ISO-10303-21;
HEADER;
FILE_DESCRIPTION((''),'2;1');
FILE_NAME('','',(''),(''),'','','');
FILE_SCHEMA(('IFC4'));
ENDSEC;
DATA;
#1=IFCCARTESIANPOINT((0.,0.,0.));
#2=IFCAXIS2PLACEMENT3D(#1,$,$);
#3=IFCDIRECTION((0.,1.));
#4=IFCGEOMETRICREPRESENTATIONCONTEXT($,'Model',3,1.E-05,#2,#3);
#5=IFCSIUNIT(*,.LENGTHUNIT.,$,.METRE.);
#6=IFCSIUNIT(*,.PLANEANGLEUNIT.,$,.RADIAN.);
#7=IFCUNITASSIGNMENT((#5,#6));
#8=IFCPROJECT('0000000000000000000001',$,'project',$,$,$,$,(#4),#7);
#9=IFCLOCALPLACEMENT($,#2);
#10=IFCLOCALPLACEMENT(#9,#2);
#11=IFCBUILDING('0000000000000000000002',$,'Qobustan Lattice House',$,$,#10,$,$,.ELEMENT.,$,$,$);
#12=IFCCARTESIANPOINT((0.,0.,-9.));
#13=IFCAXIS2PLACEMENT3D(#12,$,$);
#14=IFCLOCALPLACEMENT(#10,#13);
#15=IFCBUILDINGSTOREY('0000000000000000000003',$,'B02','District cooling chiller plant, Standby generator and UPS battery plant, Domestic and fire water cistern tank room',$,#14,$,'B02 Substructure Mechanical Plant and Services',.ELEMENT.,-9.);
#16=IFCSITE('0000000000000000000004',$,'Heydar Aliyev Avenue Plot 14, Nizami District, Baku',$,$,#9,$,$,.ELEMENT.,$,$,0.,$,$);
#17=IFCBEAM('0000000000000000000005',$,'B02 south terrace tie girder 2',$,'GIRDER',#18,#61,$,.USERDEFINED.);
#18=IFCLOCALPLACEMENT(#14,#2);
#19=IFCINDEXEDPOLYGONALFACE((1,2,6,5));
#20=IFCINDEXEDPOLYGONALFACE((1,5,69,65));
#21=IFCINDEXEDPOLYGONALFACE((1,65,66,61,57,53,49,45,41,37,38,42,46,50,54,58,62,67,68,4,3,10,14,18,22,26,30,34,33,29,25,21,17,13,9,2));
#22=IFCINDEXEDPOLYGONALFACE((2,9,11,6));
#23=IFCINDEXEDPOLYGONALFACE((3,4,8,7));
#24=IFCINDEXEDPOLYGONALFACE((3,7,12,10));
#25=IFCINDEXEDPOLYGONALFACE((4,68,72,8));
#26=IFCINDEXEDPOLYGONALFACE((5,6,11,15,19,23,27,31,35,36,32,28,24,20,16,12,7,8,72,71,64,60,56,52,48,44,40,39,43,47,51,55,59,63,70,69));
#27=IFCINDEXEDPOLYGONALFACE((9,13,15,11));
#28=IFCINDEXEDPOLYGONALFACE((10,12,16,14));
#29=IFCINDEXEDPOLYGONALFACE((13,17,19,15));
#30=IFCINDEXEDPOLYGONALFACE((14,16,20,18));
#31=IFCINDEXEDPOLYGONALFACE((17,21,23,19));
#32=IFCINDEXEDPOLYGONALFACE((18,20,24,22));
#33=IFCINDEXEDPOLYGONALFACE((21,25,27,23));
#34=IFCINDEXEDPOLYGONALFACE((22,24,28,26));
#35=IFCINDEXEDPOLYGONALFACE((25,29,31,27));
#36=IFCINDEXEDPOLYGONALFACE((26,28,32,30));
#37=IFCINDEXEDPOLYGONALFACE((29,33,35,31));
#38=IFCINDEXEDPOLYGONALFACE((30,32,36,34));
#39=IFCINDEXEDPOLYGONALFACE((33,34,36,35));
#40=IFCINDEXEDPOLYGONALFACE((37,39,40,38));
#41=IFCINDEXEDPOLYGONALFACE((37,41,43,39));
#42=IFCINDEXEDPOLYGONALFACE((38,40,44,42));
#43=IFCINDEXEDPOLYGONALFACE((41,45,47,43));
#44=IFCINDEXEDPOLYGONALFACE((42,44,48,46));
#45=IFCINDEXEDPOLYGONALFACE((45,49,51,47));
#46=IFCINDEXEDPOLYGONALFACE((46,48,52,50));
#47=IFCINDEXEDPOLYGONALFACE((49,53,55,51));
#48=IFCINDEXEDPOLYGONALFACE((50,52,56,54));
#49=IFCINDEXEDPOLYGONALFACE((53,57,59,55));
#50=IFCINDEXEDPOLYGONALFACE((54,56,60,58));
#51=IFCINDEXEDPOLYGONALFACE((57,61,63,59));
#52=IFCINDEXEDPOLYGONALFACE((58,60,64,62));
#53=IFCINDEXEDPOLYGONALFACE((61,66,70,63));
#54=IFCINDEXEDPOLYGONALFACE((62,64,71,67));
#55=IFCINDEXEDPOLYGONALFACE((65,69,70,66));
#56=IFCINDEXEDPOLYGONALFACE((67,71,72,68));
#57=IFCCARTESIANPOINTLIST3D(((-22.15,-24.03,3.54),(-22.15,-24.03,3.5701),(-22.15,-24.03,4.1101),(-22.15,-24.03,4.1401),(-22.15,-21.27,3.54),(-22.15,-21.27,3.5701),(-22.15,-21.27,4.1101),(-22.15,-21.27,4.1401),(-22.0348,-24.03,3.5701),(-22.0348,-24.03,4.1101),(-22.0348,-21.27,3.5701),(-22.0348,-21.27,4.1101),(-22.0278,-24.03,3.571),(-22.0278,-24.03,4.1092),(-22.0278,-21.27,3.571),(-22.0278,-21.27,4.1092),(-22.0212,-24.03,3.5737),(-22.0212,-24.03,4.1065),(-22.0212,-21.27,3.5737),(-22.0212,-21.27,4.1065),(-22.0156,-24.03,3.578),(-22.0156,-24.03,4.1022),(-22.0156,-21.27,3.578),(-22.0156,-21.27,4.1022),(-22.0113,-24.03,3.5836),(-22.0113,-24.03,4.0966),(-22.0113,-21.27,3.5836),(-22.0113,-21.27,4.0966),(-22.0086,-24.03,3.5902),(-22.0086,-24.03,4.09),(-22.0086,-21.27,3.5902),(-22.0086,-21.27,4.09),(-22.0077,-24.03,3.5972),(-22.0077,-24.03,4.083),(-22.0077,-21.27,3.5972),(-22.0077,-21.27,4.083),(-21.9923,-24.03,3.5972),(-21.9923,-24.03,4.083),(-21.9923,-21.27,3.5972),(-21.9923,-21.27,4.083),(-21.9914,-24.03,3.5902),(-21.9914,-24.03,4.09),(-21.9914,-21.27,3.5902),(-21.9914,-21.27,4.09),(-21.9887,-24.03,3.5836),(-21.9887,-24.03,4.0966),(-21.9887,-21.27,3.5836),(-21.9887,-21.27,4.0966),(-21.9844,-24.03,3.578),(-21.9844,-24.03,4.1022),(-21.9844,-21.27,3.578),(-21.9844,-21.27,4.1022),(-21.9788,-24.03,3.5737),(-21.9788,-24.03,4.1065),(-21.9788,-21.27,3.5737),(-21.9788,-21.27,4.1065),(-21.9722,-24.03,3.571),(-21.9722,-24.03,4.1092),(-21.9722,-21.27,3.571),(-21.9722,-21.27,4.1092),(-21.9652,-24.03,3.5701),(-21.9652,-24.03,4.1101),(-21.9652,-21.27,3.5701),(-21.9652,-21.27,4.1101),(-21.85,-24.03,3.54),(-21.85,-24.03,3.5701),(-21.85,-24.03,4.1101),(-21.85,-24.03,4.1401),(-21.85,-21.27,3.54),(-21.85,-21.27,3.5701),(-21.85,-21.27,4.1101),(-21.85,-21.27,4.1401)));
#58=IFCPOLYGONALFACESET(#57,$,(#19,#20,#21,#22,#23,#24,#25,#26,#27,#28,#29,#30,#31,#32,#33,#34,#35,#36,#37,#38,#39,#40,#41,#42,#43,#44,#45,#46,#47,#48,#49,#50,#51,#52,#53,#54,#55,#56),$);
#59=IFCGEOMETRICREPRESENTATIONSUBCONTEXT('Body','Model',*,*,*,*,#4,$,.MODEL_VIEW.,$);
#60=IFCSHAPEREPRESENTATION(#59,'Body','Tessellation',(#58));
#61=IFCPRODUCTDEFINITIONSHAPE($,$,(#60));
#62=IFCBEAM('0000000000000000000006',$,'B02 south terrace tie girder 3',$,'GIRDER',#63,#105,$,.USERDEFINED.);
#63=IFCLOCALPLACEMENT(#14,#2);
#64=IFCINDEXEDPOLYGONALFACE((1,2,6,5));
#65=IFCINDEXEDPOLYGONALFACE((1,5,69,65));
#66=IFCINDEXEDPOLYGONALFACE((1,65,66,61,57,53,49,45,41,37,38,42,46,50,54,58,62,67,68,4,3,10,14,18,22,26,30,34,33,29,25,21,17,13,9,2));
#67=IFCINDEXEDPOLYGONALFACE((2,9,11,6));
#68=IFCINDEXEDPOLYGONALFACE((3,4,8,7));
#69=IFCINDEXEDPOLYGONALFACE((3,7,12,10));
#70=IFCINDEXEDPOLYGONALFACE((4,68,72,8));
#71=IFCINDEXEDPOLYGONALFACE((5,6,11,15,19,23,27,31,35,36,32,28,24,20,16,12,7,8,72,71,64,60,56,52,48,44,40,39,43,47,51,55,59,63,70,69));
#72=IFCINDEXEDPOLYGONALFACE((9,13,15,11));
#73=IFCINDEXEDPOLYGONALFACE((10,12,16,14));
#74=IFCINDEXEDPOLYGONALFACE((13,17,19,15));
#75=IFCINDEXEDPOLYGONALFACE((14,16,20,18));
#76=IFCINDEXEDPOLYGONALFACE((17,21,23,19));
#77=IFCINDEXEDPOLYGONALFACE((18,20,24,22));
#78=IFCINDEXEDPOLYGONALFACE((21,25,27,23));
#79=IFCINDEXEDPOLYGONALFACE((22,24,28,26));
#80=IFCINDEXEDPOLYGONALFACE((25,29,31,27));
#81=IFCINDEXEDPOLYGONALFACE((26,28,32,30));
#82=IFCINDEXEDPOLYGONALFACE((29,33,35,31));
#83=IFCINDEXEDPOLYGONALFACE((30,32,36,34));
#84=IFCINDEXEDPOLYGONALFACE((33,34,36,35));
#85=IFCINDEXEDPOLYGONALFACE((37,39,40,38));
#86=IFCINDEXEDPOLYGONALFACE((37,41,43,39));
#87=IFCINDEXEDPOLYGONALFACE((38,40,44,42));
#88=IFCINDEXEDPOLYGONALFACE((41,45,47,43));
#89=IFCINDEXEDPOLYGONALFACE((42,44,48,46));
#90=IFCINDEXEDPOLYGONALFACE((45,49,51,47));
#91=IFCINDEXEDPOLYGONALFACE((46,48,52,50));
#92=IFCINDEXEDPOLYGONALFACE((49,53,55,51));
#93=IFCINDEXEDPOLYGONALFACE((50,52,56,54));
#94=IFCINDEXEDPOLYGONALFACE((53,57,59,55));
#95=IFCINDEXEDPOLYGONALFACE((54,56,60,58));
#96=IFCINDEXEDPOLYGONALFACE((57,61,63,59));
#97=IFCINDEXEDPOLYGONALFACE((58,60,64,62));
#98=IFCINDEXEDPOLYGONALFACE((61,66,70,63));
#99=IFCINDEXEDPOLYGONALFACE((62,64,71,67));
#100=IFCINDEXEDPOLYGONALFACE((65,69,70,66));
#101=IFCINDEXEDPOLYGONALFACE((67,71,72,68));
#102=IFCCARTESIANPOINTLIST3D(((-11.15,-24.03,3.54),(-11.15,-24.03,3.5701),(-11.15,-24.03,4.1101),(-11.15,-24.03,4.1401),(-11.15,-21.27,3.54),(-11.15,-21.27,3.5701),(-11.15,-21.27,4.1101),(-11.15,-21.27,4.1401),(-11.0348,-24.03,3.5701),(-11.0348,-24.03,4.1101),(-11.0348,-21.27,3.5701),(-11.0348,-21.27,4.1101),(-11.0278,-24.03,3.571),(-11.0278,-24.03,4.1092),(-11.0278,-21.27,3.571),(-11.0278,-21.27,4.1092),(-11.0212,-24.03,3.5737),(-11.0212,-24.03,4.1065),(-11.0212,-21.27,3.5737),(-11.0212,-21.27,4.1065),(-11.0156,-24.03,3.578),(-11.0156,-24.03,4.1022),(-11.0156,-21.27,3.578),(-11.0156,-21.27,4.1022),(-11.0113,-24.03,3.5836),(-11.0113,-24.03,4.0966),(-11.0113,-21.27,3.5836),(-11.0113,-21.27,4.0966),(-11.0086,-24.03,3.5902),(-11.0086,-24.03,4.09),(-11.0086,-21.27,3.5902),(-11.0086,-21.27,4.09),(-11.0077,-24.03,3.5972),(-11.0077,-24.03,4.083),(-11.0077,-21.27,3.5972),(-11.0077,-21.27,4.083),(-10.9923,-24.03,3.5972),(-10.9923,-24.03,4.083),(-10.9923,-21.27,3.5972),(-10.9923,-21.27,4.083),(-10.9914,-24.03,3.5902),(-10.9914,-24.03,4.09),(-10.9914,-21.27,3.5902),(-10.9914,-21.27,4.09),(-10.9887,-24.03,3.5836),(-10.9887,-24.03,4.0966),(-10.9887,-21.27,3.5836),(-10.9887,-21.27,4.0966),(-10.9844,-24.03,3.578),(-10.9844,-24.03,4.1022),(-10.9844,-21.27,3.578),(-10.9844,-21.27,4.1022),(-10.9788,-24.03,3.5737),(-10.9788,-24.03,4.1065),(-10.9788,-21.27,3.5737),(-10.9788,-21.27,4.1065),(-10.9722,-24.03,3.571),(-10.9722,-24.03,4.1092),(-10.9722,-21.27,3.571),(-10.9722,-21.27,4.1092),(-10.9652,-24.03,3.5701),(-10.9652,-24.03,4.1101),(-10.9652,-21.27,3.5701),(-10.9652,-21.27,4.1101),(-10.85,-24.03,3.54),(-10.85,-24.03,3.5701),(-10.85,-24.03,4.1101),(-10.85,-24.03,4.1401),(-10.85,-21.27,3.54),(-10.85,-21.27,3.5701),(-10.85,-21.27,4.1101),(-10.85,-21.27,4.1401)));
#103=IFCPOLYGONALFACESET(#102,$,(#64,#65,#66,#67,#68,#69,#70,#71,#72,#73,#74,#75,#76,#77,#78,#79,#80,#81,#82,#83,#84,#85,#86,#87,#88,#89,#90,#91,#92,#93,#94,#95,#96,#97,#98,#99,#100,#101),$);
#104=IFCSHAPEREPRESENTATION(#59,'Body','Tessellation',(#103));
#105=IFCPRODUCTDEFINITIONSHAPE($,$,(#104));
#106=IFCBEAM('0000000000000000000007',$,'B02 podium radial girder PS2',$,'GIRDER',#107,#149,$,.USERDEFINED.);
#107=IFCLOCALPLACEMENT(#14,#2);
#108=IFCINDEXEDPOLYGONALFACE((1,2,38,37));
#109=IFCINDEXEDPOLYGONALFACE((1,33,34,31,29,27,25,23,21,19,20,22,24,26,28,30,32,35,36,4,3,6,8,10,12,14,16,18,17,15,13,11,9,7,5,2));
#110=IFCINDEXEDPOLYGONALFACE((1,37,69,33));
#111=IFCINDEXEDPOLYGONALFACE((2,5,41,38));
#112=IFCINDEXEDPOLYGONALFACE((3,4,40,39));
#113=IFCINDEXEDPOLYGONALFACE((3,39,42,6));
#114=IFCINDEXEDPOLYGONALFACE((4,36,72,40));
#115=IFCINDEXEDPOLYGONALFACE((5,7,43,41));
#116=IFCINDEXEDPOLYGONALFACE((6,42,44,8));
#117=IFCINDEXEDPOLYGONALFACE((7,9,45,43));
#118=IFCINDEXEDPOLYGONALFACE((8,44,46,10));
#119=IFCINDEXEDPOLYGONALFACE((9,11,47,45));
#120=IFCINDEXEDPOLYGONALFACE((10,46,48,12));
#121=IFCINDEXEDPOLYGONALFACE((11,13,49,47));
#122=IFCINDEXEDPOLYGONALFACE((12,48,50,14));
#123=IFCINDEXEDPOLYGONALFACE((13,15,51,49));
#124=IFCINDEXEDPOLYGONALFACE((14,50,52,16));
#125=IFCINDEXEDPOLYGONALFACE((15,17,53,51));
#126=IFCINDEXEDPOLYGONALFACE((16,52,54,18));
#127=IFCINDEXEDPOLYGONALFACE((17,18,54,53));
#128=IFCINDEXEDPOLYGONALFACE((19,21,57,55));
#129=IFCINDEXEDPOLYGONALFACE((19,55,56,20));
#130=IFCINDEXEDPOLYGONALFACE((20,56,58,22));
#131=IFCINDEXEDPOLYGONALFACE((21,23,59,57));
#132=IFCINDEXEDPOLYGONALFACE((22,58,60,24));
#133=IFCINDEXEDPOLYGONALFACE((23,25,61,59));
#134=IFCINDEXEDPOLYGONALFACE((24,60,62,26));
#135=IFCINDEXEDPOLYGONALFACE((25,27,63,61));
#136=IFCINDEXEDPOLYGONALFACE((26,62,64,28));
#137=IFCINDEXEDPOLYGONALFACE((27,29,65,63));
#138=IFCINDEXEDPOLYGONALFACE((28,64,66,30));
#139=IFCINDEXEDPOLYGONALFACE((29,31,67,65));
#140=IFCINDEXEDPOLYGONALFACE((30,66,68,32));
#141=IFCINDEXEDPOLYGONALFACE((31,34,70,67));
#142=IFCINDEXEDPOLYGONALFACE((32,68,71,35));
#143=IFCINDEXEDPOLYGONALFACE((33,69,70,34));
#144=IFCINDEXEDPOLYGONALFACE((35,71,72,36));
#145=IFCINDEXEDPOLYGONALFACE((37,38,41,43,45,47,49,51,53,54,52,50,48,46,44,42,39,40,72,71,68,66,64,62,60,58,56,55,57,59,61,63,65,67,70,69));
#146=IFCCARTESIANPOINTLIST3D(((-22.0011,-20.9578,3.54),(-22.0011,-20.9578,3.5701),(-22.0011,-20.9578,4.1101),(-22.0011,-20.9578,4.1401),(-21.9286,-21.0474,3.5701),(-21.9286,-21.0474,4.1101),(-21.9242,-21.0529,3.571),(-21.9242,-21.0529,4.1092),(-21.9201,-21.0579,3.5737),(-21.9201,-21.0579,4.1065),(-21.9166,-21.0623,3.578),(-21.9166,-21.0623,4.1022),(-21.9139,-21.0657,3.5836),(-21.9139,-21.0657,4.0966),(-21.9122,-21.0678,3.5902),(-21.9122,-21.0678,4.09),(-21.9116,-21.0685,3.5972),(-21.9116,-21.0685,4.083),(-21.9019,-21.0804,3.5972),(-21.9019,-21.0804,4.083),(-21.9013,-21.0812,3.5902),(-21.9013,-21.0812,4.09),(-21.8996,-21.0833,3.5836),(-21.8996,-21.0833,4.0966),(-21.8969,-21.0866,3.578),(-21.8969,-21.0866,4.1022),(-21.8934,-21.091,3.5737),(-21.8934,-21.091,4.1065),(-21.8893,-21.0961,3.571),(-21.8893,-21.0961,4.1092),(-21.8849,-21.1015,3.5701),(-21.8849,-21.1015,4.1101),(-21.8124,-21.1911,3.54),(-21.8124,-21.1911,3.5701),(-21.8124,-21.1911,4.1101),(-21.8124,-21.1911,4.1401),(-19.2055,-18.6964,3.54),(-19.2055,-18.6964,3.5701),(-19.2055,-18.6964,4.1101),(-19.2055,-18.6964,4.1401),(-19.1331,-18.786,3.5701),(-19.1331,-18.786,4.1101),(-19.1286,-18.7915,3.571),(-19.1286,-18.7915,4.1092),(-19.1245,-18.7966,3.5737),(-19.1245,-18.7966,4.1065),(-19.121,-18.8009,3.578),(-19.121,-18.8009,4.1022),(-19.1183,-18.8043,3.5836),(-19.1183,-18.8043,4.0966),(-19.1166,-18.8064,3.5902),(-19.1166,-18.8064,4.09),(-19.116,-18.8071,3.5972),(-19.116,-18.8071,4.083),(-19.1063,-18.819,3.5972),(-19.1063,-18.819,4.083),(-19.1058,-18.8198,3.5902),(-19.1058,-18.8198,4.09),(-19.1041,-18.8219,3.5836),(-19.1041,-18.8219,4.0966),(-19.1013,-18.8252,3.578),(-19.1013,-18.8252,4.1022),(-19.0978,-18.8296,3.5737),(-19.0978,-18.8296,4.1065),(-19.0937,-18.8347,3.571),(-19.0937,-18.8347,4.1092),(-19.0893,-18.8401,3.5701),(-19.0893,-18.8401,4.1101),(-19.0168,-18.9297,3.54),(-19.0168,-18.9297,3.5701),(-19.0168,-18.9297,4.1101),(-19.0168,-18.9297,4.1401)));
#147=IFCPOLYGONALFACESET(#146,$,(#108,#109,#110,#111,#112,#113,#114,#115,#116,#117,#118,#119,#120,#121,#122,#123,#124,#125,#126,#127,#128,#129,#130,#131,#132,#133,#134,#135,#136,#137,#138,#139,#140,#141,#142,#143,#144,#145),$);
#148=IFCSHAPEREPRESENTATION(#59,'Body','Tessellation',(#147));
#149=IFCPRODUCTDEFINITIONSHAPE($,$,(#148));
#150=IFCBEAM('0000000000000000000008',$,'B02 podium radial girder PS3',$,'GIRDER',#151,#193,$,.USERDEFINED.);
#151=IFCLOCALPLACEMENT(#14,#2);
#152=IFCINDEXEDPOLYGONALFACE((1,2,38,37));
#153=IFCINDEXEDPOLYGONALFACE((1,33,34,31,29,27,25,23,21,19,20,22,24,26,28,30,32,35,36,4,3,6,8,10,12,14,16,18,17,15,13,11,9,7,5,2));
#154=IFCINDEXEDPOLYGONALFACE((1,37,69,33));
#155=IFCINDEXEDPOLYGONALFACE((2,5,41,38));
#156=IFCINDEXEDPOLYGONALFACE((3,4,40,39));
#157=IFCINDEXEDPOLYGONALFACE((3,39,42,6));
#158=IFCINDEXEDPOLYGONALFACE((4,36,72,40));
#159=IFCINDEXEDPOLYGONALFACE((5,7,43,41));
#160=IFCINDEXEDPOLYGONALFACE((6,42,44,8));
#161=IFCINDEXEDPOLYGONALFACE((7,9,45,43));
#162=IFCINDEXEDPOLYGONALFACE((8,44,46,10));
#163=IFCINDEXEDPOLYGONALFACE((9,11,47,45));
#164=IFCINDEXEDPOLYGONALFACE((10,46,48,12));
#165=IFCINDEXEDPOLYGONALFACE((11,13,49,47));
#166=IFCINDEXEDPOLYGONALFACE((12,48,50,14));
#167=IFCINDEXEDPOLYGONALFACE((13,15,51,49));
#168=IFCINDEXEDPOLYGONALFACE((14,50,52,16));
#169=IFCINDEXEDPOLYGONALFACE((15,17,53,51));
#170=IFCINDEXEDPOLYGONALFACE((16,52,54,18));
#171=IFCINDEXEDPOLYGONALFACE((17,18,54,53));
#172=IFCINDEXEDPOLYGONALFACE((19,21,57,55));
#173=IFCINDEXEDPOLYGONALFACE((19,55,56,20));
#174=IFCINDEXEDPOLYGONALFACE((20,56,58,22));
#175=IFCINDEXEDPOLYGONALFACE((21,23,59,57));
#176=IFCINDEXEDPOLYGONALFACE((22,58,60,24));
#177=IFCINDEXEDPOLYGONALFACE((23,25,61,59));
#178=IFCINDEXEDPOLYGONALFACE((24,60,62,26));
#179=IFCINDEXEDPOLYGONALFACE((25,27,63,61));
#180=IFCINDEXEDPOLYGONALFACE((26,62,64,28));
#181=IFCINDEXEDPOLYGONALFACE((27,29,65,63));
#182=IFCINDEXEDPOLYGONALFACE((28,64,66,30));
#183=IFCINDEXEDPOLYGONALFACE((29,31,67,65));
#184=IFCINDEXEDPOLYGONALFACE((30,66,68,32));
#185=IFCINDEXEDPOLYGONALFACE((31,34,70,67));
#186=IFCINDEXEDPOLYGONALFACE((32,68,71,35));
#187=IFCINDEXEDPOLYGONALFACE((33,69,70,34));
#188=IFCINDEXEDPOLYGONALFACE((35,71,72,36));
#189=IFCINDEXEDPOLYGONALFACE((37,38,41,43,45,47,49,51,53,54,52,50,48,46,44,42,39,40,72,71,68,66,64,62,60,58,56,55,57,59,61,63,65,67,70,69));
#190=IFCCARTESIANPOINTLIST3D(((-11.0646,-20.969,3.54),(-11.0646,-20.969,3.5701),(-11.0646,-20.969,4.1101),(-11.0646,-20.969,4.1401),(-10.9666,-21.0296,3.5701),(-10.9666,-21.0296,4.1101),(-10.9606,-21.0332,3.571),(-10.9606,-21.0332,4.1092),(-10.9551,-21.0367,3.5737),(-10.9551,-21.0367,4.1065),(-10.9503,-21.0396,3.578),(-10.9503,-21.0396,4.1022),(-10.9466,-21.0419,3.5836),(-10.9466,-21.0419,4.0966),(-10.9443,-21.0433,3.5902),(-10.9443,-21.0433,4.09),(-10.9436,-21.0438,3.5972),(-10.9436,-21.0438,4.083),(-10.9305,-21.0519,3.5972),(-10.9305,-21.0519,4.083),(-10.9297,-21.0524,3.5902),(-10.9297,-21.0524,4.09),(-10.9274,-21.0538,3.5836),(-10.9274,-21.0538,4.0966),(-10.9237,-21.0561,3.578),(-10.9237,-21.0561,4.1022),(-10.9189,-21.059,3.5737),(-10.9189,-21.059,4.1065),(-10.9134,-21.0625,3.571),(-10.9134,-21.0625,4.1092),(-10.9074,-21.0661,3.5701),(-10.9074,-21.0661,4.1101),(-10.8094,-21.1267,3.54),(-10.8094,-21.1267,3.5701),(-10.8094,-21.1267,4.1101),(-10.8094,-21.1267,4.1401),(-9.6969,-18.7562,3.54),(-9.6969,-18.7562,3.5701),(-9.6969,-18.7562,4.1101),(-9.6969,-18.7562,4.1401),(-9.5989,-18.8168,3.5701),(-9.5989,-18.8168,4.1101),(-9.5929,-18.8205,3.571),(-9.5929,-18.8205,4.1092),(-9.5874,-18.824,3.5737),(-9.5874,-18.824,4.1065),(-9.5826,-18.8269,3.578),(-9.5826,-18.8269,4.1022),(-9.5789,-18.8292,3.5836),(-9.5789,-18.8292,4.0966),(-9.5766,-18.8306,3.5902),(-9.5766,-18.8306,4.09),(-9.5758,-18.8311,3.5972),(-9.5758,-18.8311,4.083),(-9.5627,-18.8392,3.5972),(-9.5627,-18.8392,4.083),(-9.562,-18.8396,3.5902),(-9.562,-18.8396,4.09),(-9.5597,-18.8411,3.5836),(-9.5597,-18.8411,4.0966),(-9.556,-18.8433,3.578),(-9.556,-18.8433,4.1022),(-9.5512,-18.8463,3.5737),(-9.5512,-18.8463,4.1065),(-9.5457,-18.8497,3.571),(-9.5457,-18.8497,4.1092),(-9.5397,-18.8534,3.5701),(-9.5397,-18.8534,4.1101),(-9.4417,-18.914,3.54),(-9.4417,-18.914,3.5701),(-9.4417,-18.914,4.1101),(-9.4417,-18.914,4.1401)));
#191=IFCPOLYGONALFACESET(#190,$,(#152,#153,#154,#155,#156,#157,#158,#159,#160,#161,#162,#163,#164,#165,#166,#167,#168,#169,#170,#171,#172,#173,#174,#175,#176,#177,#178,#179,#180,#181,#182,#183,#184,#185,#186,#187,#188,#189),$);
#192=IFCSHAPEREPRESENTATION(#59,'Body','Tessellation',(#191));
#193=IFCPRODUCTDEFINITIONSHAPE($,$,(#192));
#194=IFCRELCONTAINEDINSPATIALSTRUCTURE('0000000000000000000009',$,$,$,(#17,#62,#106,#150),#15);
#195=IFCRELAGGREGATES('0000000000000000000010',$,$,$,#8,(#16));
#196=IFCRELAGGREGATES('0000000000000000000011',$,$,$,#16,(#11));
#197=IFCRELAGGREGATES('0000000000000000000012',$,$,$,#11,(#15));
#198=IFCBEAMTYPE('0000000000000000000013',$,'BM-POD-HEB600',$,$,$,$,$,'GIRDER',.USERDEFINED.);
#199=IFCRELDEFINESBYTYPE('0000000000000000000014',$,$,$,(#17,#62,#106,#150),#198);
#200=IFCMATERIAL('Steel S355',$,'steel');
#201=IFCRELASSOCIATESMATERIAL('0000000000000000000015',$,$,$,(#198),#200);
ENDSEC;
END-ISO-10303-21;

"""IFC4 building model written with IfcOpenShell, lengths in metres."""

from ifc_helpers import new_model, si_unit, direction, frame, origin, origin_2d, place, context, subcontext, project, spatial, i_section, extrude, material, material_profile, profile_set, type_object, element, save


model = new_model("IFC4")

# Units and contexts
model_context = context("Model", 3, precision=1e-05, world=origin(), true_north=direction((0.0, 1.0)))
body_context = subcontext(model_context, "Body", "Model", "MODEL_VIEW")
ifc_project = project(units=[si_unit("LENGTHUNIT", "METRE"), si_unit("PLANEANGLEUNIT", "RADIAN")], contexts=[model_context])

# Site, building, storey
site_placement = place(None, origin())
site = spatial("IfcSite", under=ifc_project, at=site_placement, Name="Heydar Aliyev Avenue Plot 14, Nizami District, Baku", CompositionType="ELEMENT", RefElevation=0.0)
building_placement = place(site_placement, origin())
building = spatial("IfcBuilding", under=site, at=building_placement, Name="Qobustan Lattice House", CompositionType="ELEMENT")
storey_placement = place(building_placement, frame((0.0, 0.0, -9.0)))
storey = spatial("IfcBuildingStorey", under=building, at=storey_placement, Name="B02", Description="District cooling chiller plant, Standby generator and UPS battery plant, Domestic and fire water cistern tank room", LongName="B02 Substructure Mechanical Plant and Services", CompositionType="ELEMENT", Elevation=-9.0)

# Beams
ifc_material_1 = material(Name="Steel S355", Category="steel")
ifc_material_profile_1 = material_profile(ifc_material_1, i_section(OverallWidth=0.3, OverallDepth=0.6001, WebThickness=0.0154, FlangeThickness=0.03, FilletRadius=0.0271, at=origin_2d()), Name="HEB600")
ifc_profile_set_1 = profile_set([ifc_material_profile_1], Name="Steel S355")
beam_type_1 = type_object("IfcBeamType", Name="BM-POD-HEB600", ElementType="GIRDER", PredefinedType="USERDEFINED", material=ifc_profile_set_1)
for number, where, z_axis, x_axis, name in (
    (1, (-22.0, -24.03, 3.8401), (0.0, 1.0, 0.0), (-1.0, 0.0, 0.0), "B02 south terrace tie girder 2"),
    (2, (-11.0, -24.03, 3.8401), (0.0, 1.0, 0.0), (-1.0, 0.0, 0.0), "B02 south terrace tie girder 3"),
):
    element("IfcBeam", number, at=place(storey_placement, frame(where, z_axis=z_axis, x_axis=x_axis)), inside=storey, type_object=beam_type_1, Name=name, ObjectType="GIRDER", PredefinedType="USERDEFINED", context=body_context, shape_type="SweptSolid", body=[
        extrude(i_section(OverallWidth=0.3, OverallDepth=0.6001, WebThickness=0.0154, FlangeThickness=0.03, FilletRadius=0.0271, at=origin_2d()), origin(), (0.0, 0.0, 1.0), 2.76),
    ])
beam_1_placement = place(storey_placement, frame((-21.9067, -21.0745, 3.8401), z_axis=(0.777473, 0.628917, 0.0), x_axis=(-0.628917, 0.777473, 0.0)))
element("IfcBeam", 3, at=beam_1_placement, inside=storey, type_object=beam_type_1, Name="B02 podium radial girder PS2", ObjectType="GIRDER", PredefinedType="USERDEFINED", context=body_context, shape_type="SweptSolid", body=[
    extrude(i_section(OverallWidth=0.3, OverallDepth=0.6001, WebThickness=0.0154, FlangeThickness=0.03, FilletRadius=0.0271, at=origin_2d()), origin(), (0.0, 0.0, 1.0), 3.5957),
])
beam_2_placement = place(storey_placement, frame((-10.937, -21.0479, 3.8401), z_axis=(0.525783, 0.850619, 0.0), x_axis=(-0.850619, 0.525783, 0.0)))
element("IfcBeam", 4, at=beam_2_placement, inside=storey, type_object=beam_type_1, Name="B02 podium radial girder PS3", ObjectType="GIRDER", PredefinedType="USERDEFINED", context=body_context, shape_type="SweptSolid", body=[
    extrude(i_section(OverallWidth=0.3, OverallDepth=0.6001, WebThickness=0.0154, FlangeThickness=0.03, FilletRadius=0.0271, at=origin_2d()), origin(), (0.0, 0.0, 1.0), 2.6013),
])

save(model, "model.ifc")
